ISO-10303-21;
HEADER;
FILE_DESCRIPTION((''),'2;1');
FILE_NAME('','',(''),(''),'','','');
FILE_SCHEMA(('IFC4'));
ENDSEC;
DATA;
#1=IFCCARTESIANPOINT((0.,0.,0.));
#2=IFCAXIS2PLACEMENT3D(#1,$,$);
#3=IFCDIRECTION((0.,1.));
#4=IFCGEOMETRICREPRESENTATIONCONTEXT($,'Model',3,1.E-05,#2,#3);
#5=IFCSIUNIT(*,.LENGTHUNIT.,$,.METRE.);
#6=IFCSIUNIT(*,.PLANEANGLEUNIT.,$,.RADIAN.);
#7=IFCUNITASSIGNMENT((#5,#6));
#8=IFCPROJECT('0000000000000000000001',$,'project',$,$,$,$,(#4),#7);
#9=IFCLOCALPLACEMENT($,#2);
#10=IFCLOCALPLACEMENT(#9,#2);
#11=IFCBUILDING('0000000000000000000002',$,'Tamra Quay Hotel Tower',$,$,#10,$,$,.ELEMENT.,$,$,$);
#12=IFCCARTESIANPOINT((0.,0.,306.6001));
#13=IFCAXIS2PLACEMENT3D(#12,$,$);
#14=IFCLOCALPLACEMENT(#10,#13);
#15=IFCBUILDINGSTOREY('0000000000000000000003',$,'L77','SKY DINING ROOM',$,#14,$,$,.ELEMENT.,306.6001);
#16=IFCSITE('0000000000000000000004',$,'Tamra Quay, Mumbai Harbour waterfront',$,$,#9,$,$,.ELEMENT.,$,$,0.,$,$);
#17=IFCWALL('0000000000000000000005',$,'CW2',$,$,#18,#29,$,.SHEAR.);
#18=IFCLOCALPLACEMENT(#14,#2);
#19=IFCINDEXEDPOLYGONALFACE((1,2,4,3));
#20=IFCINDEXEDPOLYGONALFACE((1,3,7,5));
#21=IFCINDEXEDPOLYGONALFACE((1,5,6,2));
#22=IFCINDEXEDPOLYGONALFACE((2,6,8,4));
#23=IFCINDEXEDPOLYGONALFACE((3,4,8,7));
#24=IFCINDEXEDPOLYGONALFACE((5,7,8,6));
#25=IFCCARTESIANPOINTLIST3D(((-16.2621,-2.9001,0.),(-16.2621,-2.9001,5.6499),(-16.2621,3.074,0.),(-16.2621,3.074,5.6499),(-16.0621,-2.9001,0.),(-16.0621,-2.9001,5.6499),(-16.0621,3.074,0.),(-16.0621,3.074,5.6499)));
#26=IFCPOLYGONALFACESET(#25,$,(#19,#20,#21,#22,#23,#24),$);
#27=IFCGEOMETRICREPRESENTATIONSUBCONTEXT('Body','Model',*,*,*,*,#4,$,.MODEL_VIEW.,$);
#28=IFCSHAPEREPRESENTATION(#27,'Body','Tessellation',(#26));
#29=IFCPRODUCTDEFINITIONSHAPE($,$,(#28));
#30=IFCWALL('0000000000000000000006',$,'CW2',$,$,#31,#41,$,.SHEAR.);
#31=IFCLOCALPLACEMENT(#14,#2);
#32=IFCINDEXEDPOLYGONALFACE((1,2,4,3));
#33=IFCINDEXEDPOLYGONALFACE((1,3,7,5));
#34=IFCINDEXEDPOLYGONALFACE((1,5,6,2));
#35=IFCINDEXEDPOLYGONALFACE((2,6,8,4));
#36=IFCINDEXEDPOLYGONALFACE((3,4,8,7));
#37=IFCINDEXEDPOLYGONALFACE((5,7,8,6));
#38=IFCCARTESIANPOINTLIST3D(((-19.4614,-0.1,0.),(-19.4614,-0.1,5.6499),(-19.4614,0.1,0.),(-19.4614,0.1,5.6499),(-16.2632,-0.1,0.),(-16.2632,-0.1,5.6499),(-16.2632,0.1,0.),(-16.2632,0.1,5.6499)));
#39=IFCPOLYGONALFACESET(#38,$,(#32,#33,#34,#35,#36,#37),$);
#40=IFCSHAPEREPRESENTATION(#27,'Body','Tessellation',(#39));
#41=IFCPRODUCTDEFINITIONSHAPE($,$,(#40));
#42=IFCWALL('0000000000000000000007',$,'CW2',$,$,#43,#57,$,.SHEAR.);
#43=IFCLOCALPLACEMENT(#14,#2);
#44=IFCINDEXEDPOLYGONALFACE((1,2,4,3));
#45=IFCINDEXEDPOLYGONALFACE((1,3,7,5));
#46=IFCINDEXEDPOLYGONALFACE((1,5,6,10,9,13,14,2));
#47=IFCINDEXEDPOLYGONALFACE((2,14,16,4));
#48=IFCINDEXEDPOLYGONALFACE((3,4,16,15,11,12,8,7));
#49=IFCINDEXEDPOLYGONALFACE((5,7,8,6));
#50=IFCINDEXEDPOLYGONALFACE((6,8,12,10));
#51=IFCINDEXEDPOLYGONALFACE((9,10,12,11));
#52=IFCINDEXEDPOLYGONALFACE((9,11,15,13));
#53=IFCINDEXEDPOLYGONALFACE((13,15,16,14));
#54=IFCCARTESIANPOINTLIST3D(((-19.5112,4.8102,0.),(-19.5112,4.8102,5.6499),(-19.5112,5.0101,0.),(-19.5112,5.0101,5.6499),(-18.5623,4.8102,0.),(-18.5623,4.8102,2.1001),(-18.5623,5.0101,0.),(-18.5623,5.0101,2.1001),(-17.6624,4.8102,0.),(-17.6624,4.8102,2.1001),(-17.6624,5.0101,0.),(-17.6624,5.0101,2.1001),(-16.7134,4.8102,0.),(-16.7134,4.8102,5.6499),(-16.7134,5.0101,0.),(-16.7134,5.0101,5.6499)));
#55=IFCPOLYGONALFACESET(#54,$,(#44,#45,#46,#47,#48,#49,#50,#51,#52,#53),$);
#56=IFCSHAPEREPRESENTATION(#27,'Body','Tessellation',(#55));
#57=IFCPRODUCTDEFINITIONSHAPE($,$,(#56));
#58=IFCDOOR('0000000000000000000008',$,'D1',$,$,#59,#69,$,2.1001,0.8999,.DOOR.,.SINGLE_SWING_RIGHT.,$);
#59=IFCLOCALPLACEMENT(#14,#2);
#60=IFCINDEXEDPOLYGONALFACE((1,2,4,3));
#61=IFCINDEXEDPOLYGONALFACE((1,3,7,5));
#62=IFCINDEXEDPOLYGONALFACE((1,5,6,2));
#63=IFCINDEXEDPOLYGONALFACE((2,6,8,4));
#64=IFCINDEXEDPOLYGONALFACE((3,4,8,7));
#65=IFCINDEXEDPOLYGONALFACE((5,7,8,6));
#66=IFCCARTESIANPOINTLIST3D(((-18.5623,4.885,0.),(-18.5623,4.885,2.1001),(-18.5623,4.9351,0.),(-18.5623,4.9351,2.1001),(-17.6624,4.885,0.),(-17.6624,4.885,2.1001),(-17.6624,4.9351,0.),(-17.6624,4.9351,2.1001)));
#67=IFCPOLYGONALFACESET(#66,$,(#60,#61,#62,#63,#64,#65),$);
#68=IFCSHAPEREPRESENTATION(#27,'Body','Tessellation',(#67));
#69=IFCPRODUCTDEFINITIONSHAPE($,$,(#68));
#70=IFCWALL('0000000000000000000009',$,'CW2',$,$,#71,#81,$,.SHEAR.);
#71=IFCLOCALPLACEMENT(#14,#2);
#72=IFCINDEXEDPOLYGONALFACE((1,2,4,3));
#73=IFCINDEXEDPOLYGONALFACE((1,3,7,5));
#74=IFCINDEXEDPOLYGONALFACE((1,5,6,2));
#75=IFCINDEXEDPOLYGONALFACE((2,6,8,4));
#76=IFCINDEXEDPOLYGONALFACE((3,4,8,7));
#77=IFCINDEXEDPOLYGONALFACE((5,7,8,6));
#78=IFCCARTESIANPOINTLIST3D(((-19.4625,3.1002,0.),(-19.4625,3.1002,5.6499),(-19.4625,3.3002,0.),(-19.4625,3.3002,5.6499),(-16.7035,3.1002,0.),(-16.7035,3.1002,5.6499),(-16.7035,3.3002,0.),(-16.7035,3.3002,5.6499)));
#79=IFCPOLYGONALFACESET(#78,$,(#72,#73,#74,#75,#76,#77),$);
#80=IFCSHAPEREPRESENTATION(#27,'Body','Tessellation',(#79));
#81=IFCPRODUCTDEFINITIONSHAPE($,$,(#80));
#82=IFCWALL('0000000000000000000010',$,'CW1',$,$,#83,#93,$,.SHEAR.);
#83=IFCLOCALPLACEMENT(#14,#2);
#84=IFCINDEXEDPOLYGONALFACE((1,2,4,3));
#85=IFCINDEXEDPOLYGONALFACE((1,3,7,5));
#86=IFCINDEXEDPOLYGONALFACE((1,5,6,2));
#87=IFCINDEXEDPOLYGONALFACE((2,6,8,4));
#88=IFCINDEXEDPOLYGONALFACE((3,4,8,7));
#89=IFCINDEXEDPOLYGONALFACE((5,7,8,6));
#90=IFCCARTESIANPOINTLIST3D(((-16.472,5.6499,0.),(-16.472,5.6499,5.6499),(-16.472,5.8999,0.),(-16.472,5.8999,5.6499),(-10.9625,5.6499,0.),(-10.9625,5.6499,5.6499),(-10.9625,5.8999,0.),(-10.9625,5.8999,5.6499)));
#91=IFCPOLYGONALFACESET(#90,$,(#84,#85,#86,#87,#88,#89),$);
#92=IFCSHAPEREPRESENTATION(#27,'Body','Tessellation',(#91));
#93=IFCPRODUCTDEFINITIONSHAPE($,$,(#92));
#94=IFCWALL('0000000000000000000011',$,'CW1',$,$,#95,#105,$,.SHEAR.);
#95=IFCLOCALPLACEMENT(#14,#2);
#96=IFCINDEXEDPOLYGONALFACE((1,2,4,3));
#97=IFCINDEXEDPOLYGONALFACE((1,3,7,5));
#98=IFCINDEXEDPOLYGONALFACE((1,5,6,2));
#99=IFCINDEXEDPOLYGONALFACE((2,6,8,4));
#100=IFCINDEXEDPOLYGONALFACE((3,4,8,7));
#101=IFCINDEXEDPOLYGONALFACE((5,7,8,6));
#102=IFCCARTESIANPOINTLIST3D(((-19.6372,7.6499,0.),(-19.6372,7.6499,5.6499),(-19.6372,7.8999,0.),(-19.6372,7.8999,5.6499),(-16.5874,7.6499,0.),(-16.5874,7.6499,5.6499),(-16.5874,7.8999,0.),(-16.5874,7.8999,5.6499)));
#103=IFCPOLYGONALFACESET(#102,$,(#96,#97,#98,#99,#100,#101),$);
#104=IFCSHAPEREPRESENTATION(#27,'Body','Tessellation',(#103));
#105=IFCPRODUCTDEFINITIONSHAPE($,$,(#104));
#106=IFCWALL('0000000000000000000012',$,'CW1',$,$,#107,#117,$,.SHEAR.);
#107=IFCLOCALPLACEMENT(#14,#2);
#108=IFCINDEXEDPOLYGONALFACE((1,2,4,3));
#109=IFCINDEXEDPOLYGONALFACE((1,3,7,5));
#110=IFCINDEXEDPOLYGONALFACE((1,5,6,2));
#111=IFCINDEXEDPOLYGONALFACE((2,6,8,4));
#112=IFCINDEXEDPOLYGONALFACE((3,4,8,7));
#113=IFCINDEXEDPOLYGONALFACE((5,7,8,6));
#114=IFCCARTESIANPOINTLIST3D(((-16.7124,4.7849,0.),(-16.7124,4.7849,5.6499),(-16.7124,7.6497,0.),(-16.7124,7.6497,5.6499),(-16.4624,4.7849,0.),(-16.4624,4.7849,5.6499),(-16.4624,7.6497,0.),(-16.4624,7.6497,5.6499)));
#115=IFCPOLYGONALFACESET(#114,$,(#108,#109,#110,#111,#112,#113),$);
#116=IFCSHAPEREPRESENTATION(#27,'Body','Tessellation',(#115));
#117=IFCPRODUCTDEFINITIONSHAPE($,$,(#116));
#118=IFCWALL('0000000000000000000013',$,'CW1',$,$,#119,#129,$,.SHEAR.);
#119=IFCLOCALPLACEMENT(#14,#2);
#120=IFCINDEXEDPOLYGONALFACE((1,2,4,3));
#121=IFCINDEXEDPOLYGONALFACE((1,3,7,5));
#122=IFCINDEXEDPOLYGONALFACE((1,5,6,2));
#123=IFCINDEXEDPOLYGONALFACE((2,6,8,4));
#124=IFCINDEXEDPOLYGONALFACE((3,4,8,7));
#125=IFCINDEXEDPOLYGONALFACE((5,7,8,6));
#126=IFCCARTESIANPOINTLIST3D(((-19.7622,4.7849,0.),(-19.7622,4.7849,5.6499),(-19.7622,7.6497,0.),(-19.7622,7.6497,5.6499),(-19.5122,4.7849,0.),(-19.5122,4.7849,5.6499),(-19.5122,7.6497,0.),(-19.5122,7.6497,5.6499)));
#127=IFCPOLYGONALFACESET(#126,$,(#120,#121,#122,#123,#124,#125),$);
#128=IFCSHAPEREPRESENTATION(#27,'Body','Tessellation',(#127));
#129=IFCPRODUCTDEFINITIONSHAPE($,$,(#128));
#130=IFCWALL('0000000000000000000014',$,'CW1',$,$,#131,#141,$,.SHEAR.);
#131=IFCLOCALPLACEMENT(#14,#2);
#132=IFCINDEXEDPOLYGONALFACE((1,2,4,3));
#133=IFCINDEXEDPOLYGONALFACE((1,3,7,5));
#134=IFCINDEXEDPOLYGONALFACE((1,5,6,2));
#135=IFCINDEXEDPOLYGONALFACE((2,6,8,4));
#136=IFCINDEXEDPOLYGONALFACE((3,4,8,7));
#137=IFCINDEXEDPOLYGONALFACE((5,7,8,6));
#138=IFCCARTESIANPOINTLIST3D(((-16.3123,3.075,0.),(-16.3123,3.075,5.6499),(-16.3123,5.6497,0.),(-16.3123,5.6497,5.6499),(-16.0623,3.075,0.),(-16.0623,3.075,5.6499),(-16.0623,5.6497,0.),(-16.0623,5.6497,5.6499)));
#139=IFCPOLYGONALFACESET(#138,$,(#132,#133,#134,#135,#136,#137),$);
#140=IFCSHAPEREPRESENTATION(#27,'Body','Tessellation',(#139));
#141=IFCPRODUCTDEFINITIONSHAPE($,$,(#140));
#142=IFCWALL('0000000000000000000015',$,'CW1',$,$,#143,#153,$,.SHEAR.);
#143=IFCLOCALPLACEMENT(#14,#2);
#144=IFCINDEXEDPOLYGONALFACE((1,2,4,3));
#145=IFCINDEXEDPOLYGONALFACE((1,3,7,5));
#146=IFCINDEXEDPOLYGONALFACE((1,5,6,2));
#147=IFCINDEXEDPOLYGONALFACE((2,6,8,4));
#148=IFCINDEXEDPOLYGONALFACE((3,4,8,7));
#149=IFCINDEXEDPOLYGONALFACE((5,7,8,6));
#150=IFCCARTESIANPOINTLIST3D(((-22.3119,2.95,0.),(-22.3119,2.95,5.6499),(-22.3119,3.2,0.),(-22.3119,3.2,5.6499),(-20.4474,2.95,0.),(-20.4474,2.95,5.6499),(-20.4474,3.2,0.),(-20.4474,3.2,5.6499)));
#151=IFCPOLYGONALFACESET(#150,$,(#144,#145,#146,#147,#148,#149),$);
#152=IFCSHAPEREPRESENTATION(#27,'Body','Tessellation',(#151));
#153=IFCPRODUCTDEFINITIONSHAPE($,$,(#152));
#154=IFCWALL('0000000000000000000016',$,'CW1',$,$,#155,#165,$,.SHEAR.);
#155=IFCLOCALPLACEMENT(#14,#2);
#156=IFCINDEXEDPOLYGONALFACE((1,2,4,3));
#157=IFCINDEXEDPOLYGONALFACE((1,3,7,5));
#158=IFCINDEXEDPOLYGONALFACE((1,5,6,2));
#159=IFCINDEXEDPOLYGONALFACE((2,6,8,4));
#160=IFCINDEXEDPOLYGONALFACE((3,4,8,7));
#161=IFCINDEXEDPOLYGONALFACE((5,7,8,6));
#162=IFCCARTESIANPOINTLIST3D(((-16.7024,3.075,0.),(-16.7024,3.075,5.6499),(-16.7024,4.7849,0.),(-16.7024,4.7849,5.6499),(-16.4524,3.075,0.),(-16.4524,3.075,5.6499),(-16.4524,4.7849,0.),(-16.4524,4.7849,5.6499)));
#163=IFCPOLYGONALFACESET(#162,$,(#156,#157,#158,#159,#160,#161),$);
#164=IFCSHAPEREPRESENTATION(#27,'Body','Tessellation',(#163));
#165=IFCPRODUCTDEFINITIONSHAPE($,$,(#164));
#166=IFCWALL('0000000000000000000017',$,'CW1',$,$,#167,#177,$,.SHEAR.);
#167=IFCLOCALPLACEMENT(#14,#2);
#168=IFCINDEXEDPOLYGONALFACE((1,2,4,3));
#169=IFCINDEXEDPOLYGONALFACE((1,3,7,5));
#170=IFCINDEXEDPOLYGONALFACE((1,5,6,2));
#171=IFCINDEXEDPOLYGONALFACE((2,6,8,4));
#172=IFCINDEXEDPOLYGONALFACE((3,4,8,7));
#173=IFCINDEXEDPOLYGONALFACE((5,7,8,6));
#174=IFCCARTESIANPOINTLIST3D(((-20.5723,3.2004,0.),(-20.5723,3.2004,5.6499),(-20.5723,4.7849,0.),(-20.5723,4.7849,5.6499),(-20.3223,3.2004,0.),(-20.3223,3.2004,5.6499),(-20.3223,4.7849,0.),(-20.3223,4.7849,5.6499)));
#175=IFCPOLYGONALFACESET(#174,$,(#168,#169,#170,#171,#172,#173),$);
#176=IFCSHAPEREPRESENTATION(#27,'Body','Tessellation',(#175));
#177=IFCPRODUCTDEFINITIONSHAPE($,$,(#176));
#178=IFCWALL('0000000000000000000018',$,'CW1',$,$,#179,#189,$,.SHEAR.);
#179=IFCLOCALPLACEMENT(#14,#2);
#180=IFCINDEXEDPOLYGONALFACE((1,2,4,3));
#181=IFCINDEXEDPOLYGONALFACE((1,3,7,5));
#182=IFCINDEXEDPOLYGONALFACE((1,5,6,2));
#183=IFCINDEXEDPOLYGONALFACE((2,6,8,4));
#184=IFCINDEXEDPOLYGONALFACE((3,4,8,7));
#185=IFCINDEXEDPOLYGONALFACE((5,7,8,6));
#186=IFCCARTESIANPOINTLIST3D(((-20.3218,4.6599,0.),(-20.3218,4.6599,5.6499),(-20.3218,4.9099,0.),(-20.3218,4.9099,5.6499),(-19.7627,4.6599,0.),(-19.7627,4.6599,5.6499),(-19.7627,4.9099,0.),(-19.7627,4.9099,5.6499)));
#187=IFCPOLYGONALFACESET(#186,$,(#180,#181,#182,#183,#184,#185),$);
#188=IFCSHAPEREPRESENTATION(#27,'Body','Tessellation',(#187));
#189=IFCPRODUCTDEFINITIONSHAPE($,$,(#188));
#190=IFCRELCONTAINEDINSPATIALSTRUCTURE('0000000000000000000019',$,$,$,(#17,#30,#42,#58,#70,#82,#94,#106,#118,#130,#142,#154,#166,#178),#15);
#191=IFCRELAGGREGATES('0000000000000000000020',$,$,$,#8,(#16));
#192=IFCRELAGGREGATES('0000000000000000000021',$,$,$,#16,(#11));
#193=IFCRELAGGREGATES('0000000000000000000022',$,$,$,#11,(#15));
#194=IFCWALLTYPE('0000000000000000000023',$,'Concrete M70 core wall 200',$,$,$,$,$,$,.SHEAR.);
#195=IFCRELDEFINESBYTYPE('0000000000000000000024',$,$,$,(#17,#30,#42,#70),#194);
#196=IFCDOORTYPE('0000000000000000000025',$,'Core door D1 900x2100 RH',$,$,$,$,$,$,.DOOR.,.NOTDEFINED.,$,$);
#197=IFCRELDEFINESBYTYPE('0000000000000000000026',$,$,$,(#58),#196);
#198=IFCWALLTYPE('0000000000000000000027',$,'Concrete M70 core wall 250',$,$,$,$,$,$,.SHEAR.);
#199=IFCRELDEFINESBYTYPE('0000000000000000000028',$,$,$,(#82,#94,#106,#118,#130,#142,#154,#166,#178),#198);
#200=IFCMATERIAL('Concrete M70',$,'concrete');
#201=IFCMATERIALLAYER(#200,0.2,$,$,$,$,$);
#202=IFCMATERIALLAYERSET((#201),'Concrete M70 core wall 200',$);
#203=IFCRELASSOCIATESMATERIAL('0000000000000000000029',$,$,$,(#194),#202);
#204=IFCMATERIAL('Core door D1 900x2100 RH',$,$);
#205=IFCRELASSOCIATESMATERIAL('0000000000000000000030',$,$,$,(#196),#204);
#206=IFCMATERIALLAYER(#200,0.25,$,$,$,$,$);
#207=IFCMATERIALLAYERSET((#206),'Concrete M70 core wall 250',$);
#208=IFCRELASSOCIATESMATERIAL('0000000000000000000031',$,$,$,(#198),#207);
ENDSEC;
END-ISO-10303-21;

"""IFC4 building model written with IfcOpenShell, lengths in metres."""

from ifc_helpers import new_model, si_unit, direction, frame, frame_2d, origin, place, context, subcontext, project, spatial, rectangle, extrude, material, layer, layer_set, type_object, element, fill, save


model = new_model("IFC4")

# Units and contexts
model_context = context("Model", 3, precision=1e-05, world=origin(), true_north=direction((0.0, 1.0)))
body_context = subcontext(model_context, "Body", "Model", "MODEL_VIEW")
ifc_project = project(units=[si_unit("LENGTHUNIT", "METRE"), si_unit("PLANEANGLEUNIT", "RADIAN")], contexts=[model_context])

# Site, building, storey
site_placement = place(None, origin())
site = spatial("IfcSite", under=ifc_project, at=site_placement, Name="Tamra Quay, Mumbai Harbour waterfront", CompositionType="ELEMENT", RefElevation=0.0)
building_placement = place(site_placement, origin())
building = spatial("IfcBuilding", under=site, at=building_placement, Name="Tamra Quay Hotel Tower", CompositionType="ELEMENT")
storey_placement = place(building_placement, frame((0.0, 0.0, 306.6001)))
storey = spatial("IfcBuildingStorey", under=building, at=storey_placement, Name="L77", Description="SKY DINING ROOM", CompositionType="ELEMENT", Elevation=306.6001)

# Shared definitions
ifc_material_1 = material(Name="Concrete M70", Category="concrete")

# Walls
ifc_layer_1 = layer(ifc_material_1, 0.2)
ifc_layer_set_1 = layer_set([ifc_layer_1], Name="Concrete M70 core wall 200")
wall_type_1 = type_object("IfcWallType", Name="Concrete M70 core wall 200", PredefinedType="SHEAR", material=ifc_layer_set_1)
wall_1_placement = place(storey_placement, frame((-16.1621, 3.074, 0.0), z_axis=(0.0, 0.0, 1.0), x_axis=(0.0, -1.0, 0.0)))
element("IfcWall", 1, at=wall_1_placement, inside=storey, type_object=wall_type_1, Name="CW2", PredefinedType="SHEAR", context=body_context, shape_type="SweptSolid", body=[
    extrude(rectangle(XDim=5.9741, YDim=0.2, at=frame_2d((2.9871, 0.0))), origin(), (0.0, 0.0, 1.0), 5.6499),
])
wall_2_placement = place(storey_placement, frame((-16.2632, 0.0, 0.0), z_axis=(0.0, 0.0, 1.0), x_axis=(-1.0, 0.0, 0.0)))
element("IfcWall", 2, at=wall_2_placement, inside=storey, type_object=wall_type_1, Name="CW2", PredefinedType="SHEAR", context=body_context, shape_type="SweptSolid", body=[
    extrude(rectangle(XDim=3.1982, YDim=0.2, at=frame_2d((1.5991, 0.0))), origin(), (0.0, 0.0, 1.0), 5.6499),
])

# Wall, opening, door
wall_3_placement = place(storey_placement, frame((-19.5112, 4.9102, 0.0), z_axis=(0.0, 0.0, 1.0), x_axis=(1.0, 0.0, 0.0)))
wall_3 = element("IfcWall", 3, at=wall_3_placement, inside=storey, type_object=wall_type_1, Name="CW2", PredefinedType="SHEAR", context=body_context, shape_type="SweptSolid", body=[
    extrude(rectangle(XDim=2.7979, YDim=0.2, at=frame_2d((1.3989, 0.0))), origin(), (0.0, 0.0, 1.0), 5.6499),
])
opening_placement = place(wall_3_placement, frame((0.949, 0.0, 0.0)))
opening = element("IfcOpeningElement", 4, at=opening_placement, cuts=wall_3, PredefinedType="OPENING", context=body_context, shape_type="SweptSolid", body=[
    extrude(rectangle(XDim=0.8999, YDim=2.1001, at=frame_2d((0.45, 1.05))), frame((0.0, 0.1099, 0.0), z_axis=(0.0, -1.0, 0.0), x_axis=(1.0, 0.0, 0.0)), (0.0, 0.0, 1.0), 0.22),
])
ifc_material_2 = material(Name="Core door D1 900x2100 RH")
door_type = type_object("IfcDoorType", Name="Core door D1 900x2100 RH", OperationType="NOTDEFINED", PredefinedType="DOOR", material=ifc_material_2)
door_placement = place(opening_placement, origin())
door = element("IfcDoor", 5, at=door_placement, inside=storey, type_object=door_type, Name="D1", OperationType="SINGLE_SWING_RIGHT", OverallHeight=2.1001, OverallWidth=0.8999, PredefinedType="DOOR", context=body_context, shape_type="SweptSolid", body=[
    extrude(rectangle(XDim=0.8999, YDim=2.1001, at=frame_2d((0.45, 1.05))), frame((0.0, 0.0249, 0.0), z_axis=(0.0, -1.0, 0.0), x_axis=(1.0, 0.0, 0.0)), (0.0, 0.0, 1.0), 0.05),
])
fill(opening, door)

# Walls
wall_4_placement = place(storey_placement, frame((-19.4624, 3.2002, 0.0), z_axis=(0.0, 0.0, 1.0), x_axis=(1.0, 0.0, 0.0)))
element("IfcWall", 6, at=wall_4_placement, inside=storey, type_object=wall_type_1, Name="CW2", PredefinedType="SHEAR", context=body_context, shape_type="SweptSolid", body=[
    extrude(rectangle(XDim=2.759, YDim=0.2, at=frame_2d((1.3794, 0.0))), origin(), (0.0, 0.0, 1.0), 5.6499),
])
ifc_layer_2 = layer(ifc_material_1, 0.25)
ifc_layer_set_2 = layer_set([ifc_layer_2], Name="Concrete M70 core wall 250")
wall_type_2 = type_object("IfcWallType", Name="Concrete M70 core wall 250", PredefinedType="SHEAR", material=ifc_layer_set_2)
wall_5_placement = place(storey_placement, frame((-16.4722, 5.7749, 0.0), z_axis=(0.0, 0.0, 1.0), x_axis=(1.0, 0.0, 0.0)))
element("IfcWall", 7, at=wall_5_placement, inside=storey, type_object=wall_type_2, Name="CW1", PredefinedType="SHEAR", context=body_context, shape_type="SweptSolid", body=[
    extrude(rectangle(XDim=5.5095, YDim=0.25, at=frame_2d((2.7549, 0.0))), origin(), (0.0, 0.0, 1.0), 5.6499),
])
wall_6_placement = place(storey_placement, frame((-19.6372, 7.7749, 0.0), z_axis=(0.0, 0.0, 1.0), x_axis=(1.0, 0.0, 0.0)))
element("IfcWall", 8, at=wall_6_placement, inside=storey, type_object=wall_type_2, Name="CW1", PredefinedType="SHEAR", context=body_context, shape_type="SweptSolid", body=[
    extrude(rectangle(XDim=3.0498, YDim=0.25, at=frame_2d((1.5249, 0.0))), origin(), (0.0, 0.0, 1.0), 5.6499),
])
for number, where, z_axis, x_axis, name in (
    (9, (-16.5874, 7.6497, 0.0), (0.0, 0.0, 1.0), (0.0, -1.0, 0.0), "CW1"),
    (10, (-19.6372, 4.7849, 0.0), (0.0, 0.0, 1.0), (0.0, 1.0, 0.0), "CW1"),
):
    element("IfcWall", number, at=place(storey_placement, frame(where, z_axis=z_axis, x_axis=x_axis)), inside=storey, type_object=wall_type_2, Name=name, PredefinedType="SHEAR", context=body_context, shape_type="SweptSolid", body=[
        extrude(rectangle(XDim=2.8647, YDim=0.25, at=frame_2d((1.4324, 0.0))), origin(), (0.0, 0.0, 1.0), 5.6499),
    ])
wall_7_placement = place(storey_placement, frame((-16.1873, 3.075, 0.0), z_axis=(0.0, 0.0, 1.0), x_axis=(0.0, 1.0, 0.0)))
element("IfcWall", 11, at=wall_7_placement, inside=storey, type_object=wall_type_2, Name="CW1", PredefinedType="SHEAR", context=body_context, shape_type="SweptSolid", body=[
    extrude(rectangle(XDim=2.5747, YDim=0.25, at=frame_2d((1.2874, 0.0))), origin(), (0.0, 0.0, 1.0), 5.6499),
])
wall_8_placement = place(storey_placement, frame((-22.3118, 3.075, 0.0), z_axis=(0.0, 0.0, 1.0), x_axis=(1.0, 0.0, 0.0)))
element("IfcWall", 12, at=wall_8_placement, inside=storey, type_object=wall_type_2, Name="CW1", PredefinedType="SHEAR", context=body_context, shape_type="SweptSolid", body=[
    extrude(rectangle(XDim=1.8645, YDim=0.25, at=frame_2d((0.9321, 0.0))), origin(), (0.0, 0.0, 1.0), 5.6499),
])
wall_9_placement = place(storey_placement, frame((-16.5774, 4.7849, 0.0), z_axis=(0.0, 0.0, 1.0), x_axis=(0.0, -1.0, 0.0)))
element("IfcWall", 13, at=wall_9_placement, inside=storey, type_object=wall_type_2, Name="CW1", PredefinedType="SHEAR", context=body_context, shape_type="SweptSolid", body=[
    extrude(rectangle(XDim=1.71, YDim=0.25, at=frame_2d((0.855, 0.0))), origin(), (0.0, 0.0, 1.0), 5.6499),
])
wall_10_placement = place(storey_placement, frame((-20.4473, 3.2004, 0.0), z_axis=(0.0, 0.0, 1.0), x_axis=(0.0, 1.0, 0.0)))
element("IfcWall", 14, at=wall_10_placement, inside=storey, type_object=wall_type_2, Name="CW1", PredefinedType="SHEAR", context=body_context, shape_type="SweptSolid", body=[
    extrude(rectangle(XDim=1.5845, YDim=0.25, at=frame_2d((0.7922, 0.0))), origin(), (0.0, 0.0, 1.0), 5.6499),
])
wall_11_placement = place(storey_placement, frame((-20.3218, 4.7849, 0.0), z_axis=(0.0, 0.0, 1.0), x_axis=(1.0, 0.0, 0.0)))
element("IfcWall", 15, at=wall_11_placement, inside=storey, type_object=wall_type_2, Name="CW1", PredefinedType="SHEAR", context=body_context, shape_type="SweptSolid", body=[
    extrude(rectangle(XDim=0.5591, YDim=0.25, at=frame_2d((0.2795, 0.0))), origin(), (0.0, 0.0, 1.0), 5.6499),
])

save(model, "model.ifc")
